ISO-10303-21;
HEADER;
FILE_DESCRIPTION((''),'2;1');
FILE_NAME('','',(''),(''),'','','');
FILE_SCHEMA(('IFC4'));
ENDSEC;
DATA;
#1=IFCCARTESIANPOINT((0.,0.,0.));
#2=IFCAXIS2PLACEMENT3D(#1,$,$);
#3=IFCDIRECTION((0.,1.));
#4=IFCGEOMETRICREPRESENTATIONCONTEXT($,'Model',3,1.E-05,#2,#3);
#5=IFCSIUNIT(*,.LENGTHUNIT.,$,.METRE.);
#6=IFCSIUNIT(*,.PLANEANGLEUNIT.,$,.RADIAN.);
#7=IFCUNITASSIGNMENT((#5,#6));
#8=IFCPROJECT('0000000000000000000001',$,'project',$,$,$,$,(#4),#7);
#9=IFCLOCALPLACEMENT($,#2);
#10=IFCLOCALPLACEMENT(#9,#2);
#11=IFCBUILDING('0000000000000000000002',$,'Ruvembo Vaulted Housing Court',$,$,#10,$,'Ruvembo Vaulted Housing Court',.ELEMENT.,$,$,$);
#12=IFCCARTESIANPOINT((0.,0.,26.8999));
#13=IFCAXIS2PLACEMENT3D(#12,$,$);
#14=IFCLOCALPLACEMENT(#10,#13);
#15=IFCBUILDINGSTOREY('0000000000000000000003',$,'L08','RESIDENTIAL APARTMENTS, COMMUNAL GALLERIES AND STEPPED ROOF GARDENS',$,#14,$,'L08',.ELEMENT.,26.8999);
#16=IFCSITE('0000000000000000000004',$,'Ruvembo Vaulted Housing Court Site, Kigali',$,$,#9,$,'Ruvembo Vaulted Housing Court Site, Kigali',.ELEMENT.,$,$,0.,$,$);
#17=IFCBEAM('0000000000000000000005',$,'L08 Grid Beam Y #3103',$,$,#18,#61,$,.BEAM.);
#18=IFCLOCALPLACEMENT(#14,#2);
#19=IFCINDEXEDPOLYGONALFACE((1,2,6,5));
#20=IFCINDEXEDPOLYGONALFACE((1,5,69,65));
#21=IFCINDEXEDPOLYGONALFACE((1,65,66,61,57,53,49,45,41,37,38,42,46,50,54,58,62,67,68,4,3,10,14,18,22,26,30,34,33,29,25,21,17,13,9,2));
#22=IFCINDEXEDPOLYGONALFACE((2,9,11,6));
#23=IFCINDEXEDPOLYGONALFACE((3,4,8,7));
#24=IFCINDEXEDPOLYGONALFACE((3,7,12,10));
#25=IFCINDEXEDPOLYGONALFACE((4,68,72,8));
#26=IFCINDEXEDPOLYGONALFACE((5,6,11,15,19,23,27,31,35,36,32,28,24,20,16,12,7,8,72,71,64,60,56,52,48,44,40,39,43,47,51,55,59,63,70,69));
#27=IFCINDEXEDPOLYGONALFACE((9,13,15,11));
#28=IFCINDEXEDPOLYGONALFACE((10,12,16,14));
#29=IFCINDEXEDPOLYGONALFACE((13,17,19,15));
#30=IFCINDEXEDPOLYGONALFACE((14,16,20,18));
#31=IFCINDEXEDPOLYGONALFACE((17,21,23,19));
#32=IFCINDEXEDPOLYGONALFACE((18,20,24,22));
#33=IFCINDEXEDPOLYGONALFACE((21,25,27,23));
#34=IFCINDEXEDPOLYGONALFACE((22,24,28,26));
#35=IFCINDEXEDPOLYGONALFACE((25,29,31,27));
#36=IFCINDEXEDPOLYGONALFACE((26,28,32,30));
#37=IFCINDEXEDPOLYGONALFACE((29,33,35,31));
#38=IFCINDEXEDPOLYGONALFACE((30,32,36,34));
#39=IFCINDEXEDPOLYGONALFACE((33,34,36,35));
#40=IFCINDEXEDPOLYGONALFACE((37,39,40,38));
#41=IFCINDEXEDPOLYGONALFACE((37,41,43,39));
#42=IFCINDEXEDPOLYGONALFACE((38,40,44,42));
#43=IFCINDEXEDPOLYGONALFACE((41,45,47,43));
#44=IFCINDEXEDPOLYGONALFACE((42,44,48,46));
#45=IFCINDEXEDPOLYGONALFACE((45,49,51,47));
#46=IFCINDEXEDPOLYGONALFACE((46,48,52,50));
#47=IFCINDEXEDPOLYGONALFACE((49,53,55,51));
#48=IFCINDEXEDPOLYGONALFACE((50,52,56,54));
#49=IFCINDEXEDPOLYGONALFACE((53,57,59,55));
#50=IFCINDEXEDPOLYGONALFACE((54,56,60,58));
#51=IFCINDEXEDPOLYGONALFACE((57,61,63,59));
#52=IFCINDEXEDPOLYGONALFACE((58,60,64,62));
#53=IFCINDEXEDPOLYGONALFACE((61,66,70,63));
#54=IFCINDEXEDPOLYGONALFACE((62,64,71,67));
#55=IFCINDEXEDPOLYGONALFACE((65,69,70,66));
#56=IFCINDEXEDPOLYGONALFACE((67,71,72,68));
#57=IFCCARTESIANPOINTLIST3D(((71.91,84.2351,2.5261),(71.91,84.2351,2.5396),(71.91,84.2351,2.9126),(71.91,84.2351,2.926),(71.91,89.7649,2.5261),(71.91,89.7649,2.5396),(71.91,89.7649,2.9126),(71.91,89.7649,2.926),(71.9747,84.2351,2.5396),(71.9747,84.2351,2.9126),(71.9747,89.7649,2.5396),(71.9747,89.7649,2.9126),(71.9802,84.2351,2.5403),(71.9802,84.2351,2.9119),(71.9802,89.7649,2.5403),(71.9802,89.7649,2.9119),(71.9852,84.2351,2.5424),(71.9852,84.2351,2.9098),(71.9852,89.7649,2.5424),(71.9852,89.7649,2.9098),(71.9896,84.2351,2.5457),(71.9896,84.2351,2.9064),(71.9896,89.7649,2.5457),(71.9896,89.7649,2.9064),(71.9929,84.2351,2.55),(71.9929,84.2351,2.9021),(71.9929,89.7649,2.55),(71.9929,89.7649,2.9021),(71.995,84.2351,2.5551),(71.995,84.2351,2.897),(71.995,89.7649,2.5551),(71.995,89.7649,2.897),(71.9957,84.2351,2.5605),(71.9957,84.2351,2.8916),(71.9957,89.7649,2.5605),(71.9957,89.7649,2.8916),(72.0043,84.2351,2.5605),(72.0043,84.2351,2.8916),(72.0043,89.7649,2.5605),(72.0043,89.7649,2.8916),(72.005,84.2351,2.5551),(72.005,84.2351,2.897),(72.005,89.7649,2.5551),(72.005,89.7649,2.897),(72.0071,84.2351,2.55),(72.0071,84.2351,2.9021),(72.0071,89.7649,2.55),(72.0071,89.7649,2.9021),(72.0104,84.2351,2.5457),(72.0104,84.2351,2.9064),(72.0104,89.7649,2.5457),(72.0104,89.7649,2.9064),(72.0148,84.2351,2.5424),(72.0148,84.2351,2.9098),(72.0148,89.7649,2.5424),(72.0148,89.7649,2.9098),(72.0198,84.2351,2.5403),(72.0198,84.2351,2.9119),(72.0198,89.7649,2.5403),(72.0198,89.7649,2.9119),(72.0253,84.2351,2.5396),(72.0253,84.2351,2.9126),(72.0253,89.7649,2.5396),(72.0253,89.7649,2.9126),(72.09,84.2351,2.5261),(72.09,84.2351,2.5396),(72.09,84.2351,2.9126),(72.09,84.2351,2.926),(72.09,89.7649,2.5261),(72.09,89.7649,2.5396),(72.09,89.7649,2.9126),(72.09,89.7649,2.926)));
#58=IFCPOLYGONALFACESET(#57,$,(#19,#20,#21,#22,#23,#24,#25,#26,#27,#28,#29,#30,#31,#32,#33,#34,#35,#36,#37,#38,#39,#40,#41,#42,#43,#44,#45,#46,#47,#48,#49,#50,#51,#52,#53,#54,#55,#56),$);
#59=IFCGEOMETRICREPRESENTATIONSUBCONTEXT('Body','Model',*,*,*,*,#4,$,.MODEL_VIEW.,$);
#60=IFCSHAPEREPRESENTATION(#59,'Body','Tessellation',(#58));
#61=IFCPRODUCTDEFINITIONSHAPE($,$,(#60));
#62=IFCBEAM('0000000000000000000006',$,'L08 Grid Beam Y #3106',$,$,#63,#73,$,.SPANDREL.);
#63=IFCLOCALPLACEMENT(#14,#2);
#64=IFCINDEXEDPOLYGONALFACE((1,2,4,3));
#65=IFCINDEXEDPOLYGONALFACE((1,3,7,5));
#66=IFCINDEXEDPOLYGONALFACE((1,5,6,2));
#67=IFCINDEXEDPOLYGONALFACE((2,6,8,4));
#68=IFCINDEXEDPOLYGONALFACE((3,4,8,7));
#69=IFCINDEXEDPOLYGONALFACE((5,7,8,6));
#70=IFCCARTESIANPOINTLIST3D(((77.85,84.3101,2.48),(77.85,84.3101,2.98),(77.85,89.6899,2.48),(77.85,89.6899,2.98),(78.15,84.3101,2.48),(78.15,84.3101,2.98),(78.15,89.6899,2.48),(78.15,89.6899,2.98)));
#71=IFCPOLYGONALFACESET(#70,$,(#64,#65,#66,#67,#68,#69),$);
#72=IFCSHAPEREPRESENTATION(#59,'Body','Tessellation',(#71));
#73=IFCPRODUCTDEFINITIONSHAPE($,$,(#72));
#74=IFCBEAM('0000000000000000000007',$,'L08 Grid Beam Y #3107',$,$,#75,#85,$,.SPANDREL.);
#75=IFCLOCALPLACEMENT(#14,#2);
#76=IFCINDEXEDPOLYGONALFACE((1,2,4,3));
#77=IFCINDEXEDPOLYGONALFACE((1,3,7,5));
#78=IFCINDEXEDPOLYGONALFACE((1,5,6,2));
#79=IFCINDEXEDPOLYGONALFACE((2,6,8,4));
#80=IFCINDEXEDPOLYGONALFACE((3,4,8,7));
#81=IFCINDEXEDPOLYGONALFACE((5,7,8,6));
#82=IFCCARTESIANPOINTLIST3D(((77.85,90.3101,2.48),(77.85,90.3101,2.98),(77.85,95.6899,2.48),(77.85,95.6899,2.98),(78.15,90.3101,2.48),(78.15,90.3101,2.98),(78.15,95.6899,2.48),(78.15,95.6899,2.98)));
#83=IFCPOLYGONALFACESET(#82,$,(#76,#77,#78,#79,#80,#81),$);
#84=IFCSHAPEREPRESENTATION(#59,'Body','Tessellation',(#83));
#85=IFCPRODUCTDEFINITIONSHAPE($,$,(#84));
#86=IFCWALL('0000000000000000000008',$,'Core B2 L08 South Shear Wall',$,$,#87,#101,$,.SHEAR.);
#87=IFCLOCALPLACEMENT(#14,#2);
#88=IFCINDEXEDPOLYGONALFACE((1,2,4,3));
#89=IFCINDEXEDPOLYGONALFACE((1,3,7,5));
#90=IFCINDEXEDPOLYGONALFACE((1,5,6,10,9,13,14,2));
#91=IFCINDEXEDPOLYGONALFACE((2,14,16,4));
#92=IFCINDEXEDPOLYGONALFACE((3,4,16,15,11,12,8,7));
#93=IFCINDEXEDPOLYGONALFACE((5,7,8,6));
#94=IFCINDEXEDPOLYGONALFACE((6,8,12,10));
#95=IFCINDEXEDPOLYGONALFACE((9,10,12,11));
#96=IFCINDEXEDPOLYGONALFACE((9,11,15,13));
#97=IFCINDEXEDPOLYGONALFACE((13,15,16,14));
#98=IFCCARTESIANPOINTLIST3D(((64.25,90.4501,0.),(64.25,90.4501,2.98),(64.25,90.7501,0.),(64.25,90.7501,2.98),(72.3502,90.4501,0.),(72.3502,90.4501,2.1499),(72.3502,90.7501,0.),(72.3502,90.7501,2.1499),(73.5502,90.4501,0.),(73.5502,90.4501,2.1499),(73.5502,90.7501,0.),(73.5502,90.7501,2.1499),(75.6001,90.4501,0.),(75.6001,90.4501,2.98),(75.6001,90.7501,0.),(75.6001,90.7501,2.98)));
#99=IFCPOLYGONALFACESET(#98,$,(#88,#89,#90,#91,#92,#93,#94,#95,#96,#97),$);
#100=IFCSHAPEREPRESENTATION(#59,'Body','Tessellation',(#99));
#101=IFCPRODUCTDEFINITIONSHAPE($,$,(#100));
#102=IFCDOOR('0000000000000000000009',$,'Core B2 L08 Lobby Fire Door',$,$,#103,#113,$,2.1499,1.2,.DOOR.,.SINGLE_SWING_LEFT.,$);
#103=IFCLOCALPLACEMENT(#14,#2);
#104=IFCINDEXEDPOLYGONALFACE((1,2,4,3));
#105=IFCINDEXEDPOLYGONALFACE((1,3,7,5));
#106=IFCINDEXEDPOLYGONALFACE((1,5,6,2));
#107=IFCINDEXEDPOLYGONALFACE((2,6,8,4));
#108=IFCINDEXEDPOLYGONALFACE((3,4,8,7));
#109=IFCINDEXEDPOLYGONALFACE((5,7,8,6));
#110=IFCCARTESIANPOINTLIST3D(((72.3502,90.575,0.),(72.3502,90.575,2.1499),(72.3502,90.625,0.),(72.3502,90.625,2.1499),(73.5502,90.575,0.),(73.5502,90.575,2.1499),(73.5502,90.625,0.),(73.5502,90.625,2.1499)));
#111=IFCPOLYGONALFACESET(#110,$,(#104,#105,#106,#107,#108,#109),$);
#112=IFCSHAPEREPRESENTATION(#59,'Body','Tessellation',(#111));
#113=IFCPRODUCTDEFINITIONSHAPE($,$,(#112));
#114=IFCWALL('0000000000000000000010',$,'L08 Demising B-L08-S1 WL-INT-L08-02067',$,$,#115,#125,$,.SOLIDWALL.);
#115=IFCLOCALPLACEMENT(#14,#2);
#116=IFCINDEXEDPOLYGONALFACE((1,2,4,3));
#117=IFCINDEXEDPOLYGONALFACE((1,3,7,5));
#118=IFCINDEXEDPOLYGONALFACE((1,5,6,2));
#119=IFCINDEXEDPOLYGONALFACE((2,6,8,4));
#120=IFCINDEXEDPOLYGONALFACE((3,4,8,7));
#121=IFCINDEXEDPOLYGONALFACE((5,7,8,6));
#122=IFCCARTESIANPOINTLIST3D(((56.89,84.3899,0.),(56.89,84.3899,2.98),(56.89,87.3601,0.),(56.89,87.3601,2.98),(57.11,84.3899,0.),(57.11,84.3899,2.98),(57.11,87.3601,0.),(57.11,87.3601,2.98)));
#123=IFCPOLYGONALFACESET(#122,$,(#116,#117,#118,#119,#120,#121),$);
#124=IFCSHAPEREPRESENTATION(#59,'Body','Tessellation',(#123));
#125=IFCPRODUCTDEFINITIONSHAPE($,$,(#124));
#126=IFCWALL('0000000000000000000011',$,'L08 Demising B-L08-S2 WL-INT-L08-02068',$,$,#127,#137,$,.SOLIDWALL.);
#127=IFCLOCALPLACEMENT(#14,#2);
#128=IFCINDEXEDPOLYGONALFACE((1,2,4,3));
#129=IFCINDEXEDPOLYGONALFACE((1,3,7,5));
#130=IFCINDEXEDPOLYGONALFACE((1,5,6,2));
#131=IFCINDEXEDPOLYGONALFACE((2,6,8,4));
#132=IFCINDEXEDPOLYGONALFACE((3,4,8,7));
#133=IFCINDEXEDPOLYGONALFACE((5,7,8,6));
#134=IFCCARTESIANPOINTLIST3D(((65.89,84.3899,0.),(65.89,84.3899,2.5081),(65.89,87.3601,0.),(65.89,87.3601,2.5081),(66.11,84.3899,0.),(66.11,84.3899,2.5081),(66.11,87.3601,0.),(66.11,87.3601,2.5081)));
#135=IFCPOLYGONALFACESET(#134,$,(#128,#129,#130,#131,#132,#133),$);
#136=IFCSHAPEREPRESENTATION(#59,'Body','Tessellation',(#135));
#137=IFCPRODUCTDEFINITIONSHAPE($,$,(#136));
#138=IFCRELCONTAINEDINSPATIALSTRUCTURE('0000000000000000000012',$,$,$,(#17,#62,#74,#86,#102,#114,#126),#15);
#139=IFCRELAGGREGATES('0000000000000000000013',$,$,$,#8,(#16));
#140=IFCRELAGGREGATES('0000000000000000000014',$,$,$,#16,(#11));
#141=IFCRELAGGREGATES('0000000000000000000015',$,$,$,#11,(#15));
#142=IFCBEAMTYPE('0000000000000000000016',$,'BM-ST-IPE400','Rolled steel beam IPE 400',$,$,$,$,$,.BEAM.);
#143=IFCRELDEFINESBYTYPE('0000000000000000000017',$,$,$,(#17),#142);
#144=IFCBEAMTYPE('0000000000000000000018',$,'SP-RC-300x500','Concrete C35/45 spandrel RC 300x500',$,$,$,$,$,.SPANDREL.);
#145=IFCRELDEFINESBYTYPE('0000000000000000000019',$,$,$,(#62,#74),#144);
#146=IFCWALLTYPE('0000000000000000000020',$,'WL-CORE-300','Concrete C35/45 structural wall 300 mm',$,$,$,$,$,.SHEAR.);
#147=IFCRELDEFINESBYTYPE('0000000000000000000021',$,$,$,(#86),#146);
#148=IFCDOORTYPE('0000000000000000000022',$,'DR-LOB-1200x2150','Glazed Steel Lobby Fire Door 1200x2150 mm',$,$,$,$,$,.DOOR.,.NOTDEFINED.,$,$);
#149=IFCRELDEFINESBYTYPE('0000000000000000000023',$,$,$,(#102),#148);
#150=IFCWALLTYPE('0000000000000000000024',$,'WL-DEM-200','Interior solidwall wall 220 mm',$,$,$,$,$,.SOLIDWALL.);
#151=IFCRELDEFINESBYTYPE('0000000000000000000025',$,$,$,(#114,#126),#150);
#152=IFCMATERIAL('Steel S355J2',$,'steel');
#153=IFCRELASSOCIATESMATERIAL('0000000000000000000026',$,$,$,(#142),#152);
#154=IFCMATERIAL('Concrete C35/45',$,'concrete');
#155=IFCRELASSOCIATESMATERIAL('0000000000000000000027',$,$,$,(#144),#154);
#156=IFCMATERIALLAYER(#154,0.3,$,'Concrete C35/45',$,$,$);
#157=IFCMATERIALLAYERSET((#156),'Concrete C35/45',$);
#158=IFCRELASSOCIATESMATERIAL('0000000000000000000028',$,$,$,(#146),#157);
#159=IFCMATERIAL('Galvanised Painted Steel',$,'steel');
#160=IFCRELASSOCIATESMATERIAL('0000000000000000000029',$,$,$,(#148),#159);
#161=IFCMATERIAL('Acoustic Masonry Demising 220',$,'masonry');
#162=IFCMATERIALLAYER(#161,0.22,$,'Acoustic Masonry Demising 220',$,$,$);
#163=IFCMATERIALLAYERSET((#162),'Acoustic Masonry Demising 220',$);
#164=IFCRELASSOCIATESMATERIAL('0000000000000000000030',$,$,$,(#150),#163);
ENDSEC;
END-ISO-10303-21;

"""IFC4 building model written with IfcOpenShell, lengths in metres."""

from ifc_helpers import new_model, si_unit, direction, frame, frame_2d, origin, origin_2d, place, context, subcontext, project, spatial, rectangle, i_section, extrude, material, layer, layer_set, material_profile, profile_set, type_object, element, fill, save


model = new_model("IFC4")

# Units and contexts
model_context = context("Model", 3, precision=1e-05, world=origin(), true_north=direction((0.0, 1.0)))
body_context = subcontext(model_context, "Body", "Model", "MODEL_VIEW")
ifc_project = project(units=[si_unit("LENGTHUNIT", "METRE"), si_unit("PLANEANGLEUNIT", "RADIAN")], contexts=[model_context])

# Site, building, storey
site_placement = place(None, origin())
site = spatial("IfcSite", under=ifc_project, at=site_placement, Name="Ruvembo Vaulted Housing Court Site, Kigali", LongName="Ruvembo Vaulted Housing Court Site, Kigali", CompositionType="ELEMENT", RefElevation=0.0)
building_placement = place(site_placement, origin())
building = spatial("IfcBuilding", under=site, at=building_placement, Name="Ruvembo Vaulted Housing Court", LongName="Ruvembo Vaulted Housing Court", CompositionType="ELEMENT")
storey_placement = place(building_placement, frame((0.0, 0.0, 26.8999)))
storey = spatial("IfcBuildingStorey", under=building, at=storey_placement, Name="L08", Description="RESIDENTIAL APARTMENTS, COMMUNAL GALLERIES AND STEPPED ROOF GARDENS", LongName="L08", CompositionType="ELEMENT", Elevation=26.8999)

# Shared definitions
ifc_material_1 = material(Name="Concrete C35/45", Category="concrete")

# Beams
ifc_material_2 = material(Name="Steel S355J2", Category="steel")
ifc_material_profile_1 = material_profile(ifc_material_2, i_section(OverallWidth=0.1799, OverallDepth=0.3999, WebThickness=0.0085, FlangeThickness=0.0134, FilletRadius=0.021, at=origin_2d()), Name="IPE 400")
ifc_profile_set_1 = profile_set([ifc_material_profile_1], Name="Steel S355J2")
beam_type_1 = type_object("IfcBeamType", Name="BM-ST-IPE400", Description="Rolled steel beam IPE 400", PredefinedType="BEAM", material=ifc_profile_set_1)
for number, where, z_axis, x_axis, name in (
    (1, (72.0, 84.2351, 2.7261), (0.0, 1.0, 0.0), (-1.0, 0.0, 0.0), "L08 Grid Beam Y #3103"),
):
    element("IfcBeam", number, at=place(storey_placement, frame(where, z_axis=z_axis, x_axis=x_axis)), inside=storey, type_object=beam_type_1, Name=name, PredefinedType="BEAM", context=body_context, shape_type="SweptSolid", body=[
        extrude(i_section(OverallWidth=0.1799, OverallDepth=0.3999, WebThickness=0.0085, FlangeThickness=0.0134, FilletRadius=0.021, at=origin_2d()), origin(), (0.0, 0.0, 1.0), 5.5298),
    ])
ifc_material_profile_2 = material_profile(ifc_material_1, rectangle(XDim=0.3, YDim=0.5, at=origin_2d()), Name="RC 300x500")
ifc_profile_set_2 = profile_set([ifc_material_profile_2], Name="Concrete C35/45")
beam_type_2 = type_object("IfcBeamType", Name="SP-RC-300x500", Description="Concrete C35/45 spandrel RC 300x500", PredefinedType="SPANDREL", material=ifc_profile_set_2)
for number, where, z_axis, x_axis, name in (
    (2, (78.0, 84.3101, 2.73), (0.0, 1.0, 0.0), (-1.0, 0.0, 0.0), "L08 Grid Beam Y #3106"),
    (3, (78.0, 90.3101, 2.73), (0.0, 1.0, 0.0), (-1.0, 0.0, 0.0), "L08 Grid Beam Y #3107"),
):
    element("IfcBeam", number, at=place(storey_placement, frame(where, z_axis=z_axis, x_axis=x_axis)), inside=storey, type_object=beam_type_2, Name=name, PredefinedType="SPANDREL", context=body_context, shape_type="SweptSolid", body=[
        extrude(rectangle(XDim=0.3, YDim=0.5, at=origin_2d()), origin(), (0.0, 0.0, 1.0), 5.3799),
    ])

# Wall, opening, door
ifc_layer_1 = layer(ifc_material_1, 0.3, Name="Concrete C35/45")
ifc_layer_set_1 = layer_set([ifc_layer_1], Name="Concrete C35/45")
wall_type_1 = type_object("IfcWallType", Name="WL-CORE-300", Description="Concrete C35/45 structural wall 300 mm", PredefinedType="SHEAR", material=ifc_layer_set_1)
wall_1_placement = place(storey_placement, frame((64.25, 90.6001, 0.0), z_axis=(0.0, 0.0, 1.0), x_axis=(1.0, 0.0, 0.0)))
wall_1 = element("IfcWall", 4, at=wall_1_placement, inside=storey, type_object=wall_type_1, Name="Core B2 L08 South Shear Wall", PredefinedType="SHEAR", context=body_context, shape_type="SweptSolid", body=[
    extrude(rectangle(XDim=11.3501, YDim=0.3, at=frame_2d((5.675, 0.0))), origin(), (0.0, 0.0, 1.0), 2.98),
])
opening_1_placement = place(wall_1_placement, frame((8.1001, 0.0, 0.0)))
opening_1 = element("IfcOpeningElement", 5, at=opening_1_placement, cuts=wall_1, PredefinedType="OPENING", context=body_context, shape_type="SweptSolid", body=[
    extrude(rectangle(XDim=1.2, YDim=2.1499, at=frame_2d((0.6001, 1.075))), frame((0.0, 0.1599, 0.0), z_axis=(0.0, -1.0, 0.0), x_axis=(1.0, 0.0, 0.0)), (0.0, 0.0, 1.0), 0.3201),
])
ifc_material_3 = material(Name="Galvanised Painted Steel", Category="steel")
door_type = type_object("IfcDoorType", Name="DR-LOB-1200x2150", Description="Glazed Steel Lobby Fire Door 1200x2150 mm", OperationType="NOTDEFINED", PredefinedType="DOOR", material=ifc_material_3)
door_placement = place(opening_1_placement, origin())
door = element("IfcDoor", 6, at=door_placement, inside=storey, type_object=door_type, Name="Core B2 L08 Lobby Fire Door", OperationType="SINGLE_SWING_LEFT", OverallHeight=2.1499, OverallWidth=1.2, PredefinedType="DOOR", context=body_context, shape_type="SweptSolid", body=[
    extrude(rectangle(XDim=1.2, YDim=2.1499, at=frame_2d((0.6001, 1.075))), frame((0.0, 0.0249, 0.0), z_axis=(0.0, -1.0, 0.0), x_axis=(1.0, 0.0, 0.0)), (0.0, 0.0, 1.0), 0.05),
])
fill(opening_1, door)

# Walls
ifc_material_4 = material(Name="Acoustic Masonry Demising 220", Category="masonry")
ifc_layer_2 = layer(ifc_material_4, 0.22, Name="Acoustic Masonry Demising 220")
ifc_layer_set_2 = layer_set([ifc_layer_2], Name="Acoustic Masonry Demising 220")
wall_type_2 = type_object("IfcWallType", Name="WL-DEM-200", Description="Interior solidwall wall 220 mm", PredefinedType="SOLIDWALL", material=ifc_layer_set_2)
wall_2_placement = place(storey_placement, frame((57.0, 84.3899, 0.0), z_axis=(0.0, 0.0, 1.0), x_axis=(0.0, 1.0, 0.0)))
element("IfcWall", 7, at=wall_2_placement, inside=storey, type_object=wall_type_2, Name="L08 Demising B-L08-S1 WL-INT-L08-02067", PredefinedType="SOLIDWALL", context=body_context, shape_type="SweptSolid", body=[
    extrude(rectangle(XDim=2.9702, YDim=0.22, at=frame_2d((1.4851, 0.0))), origin(), (0.0, 0.0, 1.0), 2.98),
])
wall_3_placement = place(storey_placement, frame((66.0, 84.3899, 0.0), z_axis=(0.0, 0.0, 1.0), x_axis=(0.0, 1.0, 0.0)))
element("IfcWall", 8, at=wall_3_placement, inside=storey, type_object=wall_type_2, Name="L08 Demising B-L08-S2 WL-INT-L08-02068", PredefinedType="SOLIDWALL", context=body_context, shape_type="SweptSolid", body=[
    extrude(rectangle(XDim=2.9702, YDim=0.22, at=frame_2d((1.4851, 0.0))), origin(), (0.0, 0.0, 1.0), 2.5081),
])

save(model, "model.ifc")
